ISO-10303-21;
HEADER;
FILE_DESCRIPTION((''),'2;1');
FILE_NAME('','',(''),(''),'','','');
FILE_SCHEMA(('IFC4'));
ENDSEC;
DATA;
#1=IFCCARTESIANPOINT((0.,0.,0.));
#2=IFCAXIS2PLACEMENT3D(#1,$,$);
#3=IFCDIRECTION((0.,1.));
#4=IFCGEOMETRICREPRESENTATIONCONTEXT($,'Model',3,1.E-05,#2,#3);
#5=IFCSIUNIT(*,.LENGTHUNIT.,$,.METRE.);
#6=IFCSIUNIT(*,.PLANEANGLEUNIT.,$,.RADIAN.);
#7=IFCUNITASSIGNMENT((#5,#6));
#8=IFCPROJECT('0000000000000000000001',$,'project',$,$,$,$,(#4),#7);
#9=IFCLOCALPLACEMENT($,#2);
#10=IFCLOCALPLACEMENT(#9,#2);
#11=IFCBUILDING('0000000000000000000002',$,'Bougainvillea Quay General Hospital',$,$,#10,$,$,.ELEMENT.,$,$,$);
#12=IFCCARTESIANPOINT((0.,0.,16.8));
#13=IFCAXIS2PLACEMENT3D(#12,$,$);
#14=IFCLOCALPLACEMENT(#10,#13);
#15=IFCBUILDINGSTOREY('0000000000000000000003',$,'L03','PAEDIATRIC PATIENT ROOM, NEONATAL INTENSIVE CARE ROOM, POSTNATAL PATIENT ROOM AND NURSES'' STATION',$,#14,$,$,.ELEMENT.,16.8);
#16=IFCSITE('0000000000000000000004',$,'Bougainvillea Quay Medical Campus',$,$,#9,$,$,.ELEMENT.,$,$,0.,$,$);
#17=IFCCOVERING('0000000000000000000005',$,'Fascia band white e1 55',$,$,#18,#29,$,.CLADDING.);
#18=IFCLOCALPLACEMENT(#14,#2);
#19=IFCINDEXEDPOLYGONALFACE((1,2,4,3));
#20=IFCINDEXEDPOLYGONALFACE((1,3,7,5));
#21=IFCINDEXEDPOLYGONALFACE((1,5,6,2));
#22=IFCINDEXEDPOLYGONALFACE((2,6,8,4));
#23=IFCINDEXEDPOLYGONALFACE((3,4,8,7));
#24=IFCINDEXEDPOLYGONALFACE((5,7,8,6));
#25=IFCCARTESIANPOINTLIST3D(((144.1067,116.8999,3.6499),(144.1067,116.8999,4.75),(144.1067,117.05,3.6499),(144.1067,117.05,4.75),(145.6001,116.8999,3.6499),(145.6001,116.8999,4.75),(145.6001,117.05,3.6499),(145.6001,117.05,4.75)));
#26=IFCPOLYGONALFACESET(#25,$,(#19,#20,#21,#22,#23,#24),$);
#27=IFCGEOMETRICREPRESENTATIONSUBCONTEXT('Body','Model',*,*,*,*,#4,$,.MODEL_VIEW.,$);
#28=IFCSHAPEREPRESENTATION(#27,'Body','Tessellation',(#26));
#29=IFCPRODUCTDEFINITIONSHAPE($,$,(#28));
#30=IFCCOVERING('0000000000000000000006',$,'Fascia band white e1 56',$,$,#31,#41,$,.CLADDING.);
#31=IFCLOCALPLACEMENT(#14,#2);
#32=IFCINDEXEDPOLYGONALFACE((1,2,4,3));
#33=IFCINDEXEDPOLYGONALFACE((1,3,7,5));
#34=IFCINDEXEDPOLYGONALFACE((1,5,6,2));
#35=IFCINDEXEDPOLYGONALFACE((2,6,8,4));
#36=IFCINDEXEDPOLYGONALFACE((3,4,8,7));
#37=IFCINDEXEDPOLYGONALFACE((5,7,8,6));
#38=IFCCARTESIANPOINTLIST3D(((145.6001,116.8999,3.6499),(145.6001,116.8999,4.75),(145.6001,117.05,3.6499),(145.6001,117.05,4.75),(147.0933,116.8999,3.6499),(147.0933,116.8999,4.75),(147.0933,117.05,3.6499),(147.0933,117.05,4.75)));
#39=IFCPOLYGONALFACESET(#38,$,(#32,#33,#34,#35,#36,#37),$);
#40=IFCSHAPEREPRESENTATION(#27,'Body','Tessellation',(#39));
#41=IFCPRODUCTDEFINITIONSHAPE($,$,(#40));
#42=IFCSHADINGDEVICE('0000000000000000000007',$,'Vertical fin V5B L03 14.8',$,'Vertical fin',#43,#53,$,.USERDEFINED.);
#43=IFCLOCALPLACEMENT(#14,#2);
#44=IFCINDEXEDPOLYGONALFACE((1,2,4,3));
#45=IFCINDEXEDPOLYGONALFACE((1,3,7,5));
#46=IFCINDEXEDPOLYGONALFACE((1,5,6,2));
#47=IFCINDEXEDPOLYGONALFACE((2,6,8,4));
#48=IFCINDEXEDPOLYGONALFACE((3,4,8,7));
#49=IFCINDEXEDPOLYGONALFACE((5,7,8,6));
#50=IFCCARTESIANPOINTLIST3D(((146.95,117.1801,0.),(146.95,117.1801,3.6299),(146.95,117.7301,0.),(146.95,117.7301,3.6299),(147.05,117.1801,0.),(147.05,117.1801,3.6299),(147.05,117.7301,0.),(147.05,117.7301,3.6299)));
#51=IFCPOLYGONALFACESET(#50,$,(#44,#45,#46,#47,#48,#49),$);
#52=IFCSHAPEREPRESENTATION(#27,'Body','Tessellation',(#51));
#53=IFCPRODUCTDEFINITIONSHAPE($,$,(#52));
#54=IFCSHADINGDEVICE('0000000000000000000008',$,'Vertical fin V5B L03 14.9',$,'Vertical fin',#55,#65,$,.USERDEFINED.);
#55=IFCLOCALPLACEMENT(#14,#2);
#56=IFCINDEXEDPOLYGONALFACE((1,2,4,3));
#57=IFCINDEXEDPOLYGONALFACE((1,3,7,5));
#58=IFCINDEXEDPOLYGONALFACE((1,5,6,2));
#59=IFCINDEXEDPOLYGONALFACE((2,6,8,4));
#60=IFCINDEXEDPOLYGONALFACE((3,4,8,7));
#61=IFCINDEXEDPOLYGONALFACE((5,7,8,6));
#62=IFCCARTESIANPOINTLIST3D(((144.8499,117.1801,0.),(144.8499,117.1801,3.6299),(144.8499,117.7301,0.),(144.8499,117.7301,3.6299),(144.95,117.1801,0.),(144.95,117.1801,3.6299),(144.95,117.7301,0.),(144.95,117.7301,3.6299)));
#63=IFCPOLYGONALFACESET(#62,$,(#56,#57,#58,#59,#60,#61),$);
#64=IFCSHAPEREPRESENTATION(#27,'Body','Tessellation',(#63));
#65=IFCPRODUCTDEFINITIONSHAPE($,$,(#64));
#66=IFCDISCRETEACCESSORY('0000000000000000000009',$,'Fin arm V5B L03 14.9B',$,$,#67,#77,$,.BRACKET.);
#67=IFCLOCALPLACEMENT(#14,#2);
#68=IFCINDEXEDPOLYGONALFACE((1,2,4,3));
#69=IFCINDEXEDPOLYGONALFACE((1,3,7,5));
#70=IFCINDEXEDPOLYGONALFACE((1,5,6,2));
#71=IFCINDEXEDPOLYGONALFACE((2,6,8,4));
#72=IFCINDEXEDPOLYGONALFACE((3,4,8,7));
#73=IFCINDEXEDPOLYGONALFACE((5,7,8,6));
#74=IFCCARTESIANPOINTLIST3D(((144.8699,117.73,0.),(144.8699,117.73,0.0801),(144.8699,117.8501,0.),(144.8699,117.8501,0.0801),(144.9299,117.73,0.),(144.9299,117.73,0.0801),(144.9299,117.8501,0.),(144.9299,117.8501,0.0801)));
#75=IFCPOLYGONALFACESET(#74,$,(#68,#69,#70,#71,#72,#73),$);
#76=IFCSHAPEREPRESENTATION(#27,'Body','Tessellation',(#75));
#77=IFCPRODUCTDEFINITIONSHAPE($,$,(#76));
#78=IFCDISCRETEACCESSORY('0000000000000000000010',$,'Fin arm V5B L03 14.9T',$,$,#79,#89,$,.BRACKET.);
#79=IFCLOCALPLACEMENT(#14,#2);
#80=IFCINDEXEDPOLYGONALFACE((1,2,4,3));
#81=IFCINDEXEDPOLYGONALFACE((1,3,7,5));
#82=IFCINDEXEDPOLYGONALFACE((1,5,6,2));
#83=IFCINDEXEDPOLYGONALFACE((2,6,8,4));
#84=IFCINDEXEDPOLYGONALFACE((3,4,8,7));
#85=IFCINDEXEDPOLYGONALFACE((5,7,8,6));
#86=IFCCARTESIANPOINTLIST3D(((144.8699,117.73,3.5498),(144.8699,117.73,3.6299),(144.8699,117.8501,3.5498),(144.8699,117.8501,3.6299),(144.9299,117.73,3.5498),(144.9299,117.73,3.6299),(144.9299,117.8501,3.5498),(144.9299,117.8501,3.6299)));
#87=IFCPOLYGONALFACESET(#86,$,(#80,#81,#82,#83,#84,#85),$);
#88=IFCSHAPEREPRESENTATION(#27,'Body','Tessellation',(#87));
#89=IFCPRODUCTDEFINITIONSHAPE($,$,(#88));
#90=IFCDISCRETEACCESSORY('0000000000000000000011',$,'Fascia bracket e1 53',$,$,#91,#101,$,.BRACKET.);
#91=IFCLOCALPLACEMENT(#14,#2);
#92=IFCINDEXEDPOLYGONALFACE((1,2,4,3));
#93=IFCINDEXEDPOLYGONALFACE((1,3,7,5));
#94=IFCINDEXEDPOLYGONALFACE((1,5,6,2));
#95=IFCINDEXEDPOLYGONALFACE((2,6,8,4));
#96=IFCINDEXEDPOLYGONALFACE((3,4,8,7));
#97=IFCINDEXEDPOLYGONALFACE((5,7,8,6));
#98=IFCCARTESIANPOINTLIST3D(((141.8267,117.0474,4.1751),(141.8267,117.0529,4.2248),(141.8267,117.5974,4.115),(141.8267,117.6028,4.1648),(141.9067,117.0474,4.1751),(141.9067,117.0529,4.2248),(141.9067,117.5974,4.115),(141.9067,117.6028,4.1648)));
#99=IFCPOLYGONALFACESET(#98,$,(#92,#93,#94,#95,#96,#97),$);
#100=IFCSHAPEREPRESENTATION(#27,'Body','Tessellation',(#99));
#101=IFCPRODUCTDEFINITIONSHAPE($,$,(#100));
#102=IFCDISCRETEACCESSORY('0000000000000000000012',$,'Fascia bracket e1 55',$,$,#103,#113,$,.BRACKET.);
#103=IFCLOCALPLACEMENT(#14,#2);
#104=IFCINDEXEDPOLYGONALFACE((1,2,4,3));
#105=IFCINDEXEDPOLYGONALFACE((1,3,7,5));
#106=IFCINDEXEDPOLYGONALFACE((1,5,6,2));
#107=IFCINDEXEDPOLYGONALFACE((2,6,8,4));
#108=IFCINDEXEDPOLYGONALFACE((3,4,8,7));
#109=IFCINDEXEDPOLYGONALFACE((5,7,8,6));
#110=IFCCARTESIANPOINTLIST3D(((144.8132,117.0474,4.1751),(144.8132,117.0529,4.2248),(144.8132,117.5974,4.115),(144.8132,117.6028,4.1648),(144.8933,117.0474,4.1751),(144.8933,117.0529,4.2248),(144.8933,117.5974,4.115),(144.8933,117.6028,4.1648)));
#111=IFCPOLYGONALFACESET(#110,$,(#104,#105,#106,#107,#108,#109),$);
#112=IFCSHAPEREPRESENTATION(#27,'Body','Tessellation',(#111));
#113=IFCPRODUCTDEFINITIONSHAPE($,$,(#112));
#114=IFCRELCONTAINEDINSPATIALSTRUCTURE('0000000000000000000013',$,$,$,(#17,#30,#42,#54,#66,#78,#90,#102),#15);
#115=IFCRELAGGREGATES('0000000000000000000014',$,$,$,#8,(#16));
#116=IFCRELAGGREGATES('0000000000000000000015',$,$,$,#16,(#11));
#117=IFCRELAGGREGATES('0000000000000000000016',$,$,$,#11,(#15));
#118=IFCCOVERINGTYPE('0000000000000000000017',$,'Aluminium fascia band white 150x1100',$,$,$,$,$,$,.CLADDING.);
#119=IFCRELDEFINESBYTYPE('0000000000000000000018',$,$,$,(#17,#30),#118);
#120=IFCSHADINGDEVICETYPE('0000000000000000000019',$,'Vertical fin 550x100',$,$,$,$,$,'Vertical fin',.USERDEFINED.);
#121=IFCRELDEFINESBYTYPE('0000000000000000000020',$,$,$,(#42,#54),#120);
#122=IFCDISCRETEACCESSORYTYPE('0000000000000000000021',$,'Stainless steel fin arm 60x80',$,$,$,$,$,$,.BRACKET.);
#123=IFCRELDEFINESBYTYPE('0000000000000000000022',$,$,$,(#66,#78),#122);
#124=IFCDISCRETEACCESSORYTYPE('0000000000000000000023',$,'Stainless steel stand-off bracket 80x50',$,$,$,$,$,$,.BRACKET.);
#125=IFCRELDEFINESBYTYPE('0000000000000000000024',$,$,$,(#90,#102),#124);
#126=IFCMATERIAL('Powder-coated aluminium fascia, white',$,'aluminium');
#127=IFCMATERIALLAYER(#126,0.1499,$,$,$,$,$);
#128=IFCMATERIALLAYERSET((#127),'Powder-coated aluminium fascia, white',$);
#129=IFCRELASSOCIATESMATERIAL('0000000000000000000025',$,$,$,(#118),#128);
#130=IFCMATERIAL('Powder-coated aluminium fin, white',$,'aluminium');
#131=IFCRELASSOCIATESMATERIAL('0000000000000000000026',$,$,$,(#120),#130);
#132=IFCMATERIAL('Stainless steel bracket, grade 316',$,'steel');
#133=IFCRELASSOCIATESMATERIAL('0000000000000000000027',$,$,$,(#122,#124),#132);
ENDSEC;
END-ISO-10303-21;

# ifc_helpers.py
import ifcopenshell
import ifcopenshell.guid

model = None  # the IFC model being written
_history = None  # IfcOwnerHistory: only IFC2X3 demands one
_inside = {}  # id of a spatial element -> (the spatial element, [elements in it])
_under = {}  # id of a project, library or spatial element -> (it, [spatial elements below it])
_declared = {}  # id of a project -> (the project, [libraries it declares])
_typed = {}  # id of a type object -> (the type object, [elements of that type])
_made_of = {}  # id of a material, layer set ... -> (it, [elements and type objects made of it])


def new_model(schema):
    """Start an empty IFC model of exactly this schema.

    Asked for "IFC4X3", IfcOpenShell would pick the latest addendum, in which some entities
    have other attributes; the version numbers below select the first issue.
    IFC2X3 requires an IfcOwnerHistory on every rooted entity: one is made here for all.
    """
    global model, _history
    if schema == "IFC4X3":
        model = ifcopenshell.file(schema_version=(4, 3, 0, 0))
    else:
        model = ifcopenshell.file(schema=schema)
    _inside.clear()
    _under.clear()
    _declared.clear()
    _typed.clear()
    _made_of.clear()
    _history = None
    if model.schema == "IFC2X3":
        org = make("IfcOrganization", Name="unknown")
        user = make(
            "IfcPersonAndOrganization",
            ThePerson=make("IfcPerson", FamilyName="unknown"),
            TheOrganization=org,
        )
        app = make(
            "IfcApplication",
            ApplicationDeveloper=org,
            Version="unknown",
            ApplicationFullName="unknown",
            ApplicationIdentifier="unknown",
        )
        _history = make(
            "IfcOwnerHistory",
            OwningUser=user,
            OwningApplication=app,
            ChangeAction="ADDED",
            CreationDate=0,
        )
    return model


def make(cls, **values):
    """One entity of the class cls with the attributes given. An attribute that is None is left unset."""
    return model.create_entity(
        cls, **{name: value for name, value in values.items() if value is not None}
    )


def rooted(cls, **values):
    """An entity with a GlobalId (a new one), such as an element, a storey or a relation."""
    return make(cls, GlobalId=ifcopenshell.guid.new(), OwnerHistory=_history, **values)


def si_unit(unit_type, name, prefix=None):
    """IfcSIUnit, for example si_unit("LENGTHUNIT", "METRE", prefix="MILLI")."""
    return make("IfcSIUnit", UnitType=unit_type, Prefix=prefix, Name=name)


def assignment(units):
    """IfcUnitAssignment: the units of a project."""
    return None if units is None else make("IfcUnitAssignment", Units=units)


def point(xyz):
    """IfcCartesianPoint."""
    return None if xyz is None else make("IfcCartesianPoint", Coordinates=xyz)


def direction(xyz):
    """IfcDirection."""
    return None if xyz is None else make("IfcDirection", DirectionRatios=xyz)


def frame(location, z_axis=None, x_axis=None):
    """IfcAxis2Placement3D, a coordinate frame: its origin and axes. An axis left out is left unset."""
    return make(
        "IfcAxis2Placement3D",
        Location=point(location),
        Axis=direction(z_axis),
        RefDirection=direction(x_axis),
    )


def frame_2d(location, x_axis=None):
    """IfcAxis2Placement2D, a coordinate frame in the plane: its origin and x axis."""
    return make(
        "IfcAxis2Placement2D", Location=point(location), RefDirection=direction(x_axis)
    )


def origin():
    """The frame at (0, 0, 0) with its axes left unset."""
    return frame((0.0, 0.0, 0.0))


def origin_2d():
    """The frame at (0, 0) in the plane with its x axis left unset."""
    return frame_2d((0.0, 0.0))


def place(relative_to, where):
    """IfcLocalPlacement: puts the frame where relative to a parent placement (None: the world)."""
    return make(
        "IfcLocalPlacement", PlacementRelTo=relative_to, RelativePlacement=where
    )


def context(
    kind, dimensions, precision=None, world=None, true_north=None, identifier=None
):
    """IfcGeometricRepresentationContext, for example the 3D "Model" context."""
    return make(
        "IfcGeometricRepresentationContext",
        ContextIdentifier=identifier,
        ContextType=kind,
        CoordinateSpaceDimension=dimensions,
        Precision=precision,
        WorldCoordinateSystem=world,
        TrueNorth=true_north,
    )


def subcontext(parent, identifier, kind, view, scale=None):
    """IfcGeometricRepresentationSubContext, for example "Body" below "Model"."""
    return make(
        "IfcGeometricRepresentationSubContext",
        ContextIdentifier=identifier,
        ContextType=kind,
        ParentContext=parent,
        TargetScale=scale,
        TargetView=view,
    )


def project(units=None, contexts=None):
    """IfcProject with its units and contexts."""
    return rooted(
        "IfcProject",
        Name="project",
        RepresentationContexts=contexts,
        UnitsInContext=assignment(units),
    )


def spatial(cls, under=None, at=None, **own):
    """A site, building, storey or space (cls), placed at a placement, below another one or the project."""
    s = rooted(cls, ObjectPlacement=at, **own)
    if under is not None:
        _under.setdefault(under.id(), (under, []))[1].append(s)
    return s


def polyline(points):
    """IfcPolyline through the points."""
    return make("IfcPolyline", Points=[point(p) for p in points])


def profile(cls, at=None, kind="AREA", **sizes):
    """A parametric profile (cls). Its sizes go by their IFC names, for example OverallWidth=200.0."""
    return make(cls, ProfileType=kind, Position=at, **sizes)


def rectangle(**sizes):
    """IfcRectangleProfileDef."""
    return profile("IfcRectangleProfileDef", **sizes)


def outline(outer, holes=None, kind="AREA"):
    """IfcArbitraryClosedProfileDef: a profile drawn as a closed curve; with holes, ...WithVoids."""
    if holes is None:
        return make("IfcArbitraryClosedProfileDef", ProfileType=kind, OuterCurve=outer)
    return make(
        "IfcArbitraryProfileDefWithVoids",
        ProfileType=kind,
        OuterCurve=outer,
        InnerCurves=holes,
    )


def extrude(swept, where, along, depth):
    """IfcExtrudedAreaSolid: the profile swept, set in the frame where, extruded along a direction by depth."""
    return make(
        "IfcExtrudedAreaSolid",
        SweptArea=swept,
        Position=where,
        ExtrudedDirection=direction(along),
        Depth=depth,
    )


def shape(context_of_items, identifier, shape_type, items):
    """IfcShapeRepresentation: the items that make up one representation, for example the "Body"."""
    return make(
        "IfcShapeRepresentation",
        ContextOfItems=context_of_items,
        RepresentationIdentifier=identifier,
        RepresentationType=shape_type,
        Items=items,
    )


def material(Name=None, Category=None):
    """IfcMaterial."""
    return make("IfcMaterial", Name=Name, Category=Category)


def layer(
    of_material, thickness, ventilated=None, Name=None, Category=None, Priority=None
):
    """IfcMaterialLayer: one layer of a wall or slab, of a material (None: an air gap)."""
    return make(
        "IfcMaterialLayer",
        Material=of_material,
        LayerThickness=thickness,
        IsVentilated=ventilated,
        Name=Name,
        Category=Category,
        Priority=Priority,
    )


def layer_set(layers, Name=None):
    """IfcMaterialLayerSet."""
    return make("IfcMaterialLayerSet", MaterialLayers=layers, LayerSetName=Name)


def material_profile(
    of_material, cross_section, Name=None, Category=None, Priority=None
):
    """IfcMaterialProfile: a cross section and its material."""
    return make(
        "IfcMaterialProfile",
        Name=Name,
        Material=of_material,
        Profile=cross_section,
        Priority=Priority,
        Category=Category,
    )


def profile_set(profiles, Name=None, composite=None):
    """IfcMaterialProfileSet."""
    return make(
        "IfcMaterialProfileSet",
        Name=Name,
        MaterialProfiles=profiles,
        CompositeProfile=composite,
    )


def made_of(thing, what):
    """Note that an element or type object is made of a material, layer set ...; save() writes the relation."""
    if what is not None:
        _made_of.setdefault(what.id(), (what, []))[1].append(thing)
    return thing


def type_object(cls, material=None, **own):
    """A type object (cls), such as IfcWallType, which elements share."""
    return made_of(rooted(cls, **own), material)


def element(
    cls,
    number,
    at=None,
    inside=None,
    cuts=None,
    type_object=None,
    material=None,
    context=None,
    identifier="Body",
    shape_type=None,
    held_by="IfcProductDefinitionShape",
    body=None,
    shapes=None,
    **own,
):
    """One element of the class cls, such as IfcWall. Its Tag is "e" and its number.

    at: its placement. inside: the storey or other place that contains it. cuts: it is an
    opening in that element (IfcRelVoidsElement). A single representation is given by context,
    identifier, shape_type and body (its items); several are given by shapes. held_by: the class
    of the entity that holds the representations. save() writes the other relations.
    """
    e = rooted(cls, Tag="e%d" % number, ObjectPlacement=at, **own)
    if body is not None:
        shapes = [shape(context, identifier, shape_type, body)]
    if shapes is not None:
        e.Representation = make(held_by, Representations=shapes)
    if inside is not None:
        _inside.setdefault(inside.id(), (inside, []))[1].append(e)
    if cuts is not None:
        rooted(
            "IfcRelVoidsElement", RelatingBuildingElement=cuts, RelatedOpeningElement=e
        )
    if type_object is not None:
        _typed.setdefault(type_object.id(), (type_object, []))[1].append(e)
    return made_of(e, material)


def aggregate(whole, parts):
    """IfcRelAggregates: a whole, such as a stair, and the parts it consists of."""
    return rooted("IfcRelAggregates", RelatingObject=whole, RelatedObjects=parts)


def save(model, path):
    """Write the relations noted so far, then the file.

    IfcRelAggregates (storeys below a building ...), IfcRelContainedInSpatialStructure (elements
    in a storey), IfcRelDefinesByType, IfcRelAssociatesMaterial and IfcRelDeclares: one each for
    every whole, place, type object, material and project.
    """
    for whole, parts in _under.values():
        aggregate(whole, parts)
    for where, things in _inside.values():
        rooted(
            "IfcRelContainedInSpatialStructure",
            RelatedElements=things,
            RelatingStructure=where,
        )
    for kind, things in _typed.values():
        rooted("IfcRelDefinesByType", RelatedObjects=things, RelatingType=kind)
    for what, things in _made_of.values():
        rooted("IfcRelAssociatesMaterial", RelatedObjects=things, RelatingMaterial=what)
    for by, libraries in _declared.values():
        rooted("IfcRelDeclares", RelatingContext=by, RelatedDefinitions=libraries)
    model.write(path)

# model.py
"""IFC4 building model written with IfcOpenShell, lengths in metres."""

from ifc_helpers import new_model, si_unit, direction, frame, origin, origin_2d, place, context, subcontext, project, spatial, polyline, rectangle, outline, extrude, material, layer, layer_set, material_profile, profile_set, type_object, element, save


model = new_model("IFC4")

# Units and contexts
model_context = context("Model", 3, precision=1e-05, world=origin(), true_north=direction((0.0, 1.0)))
body_context = subcontext(model_context, "Body", "Model", "MODEL_VIEW")
ifc_project = project(units=[si_unit("LENGTHUNIT", "METRE"), si_unit("PLANEANGLEUNIT", "RADIAN")], contexts=[model_context])

# Site, building, storey
site_placement = place(None, origin())
site = spatial("IfcSite", under=ifc_project, at=site_placement, Name="Bougainvillea Quay Medical Campus", CompositionType="ELEMENT", RefElevation=0.0)
building_placement = place(site_placement, origin())
building = spatial("IfcBuilding", under=site, at=building_placement, Name="Bougainvillea Quay General Hospital", CompositionType="ELEMENT")
storey_placement = place(building_placement, frame((0.0, 0.0, 16.8)))
storey = spatial("IfcBuildingStorey", under=building, at=storey_placement, Name="L03", Description="PAEDIATRIC PATIENT ROOM, NEONATAL INTENSIVE CARE ROOM, POSTNATAL PATIENT ROOM AND NURSES' STATION", CompositionType="ELEMENT", Elevation=16.8)

# Coverings
ifc_material_1 = material(Name="Powder-coated aluminium fascia, white", Category="aluminium")
ifc_layer_1 = layer(ifc_material_1, 0.1499)
ifc_layer_set_1 = layer_set([ifc_layer_1], Name="Powder-coated aluminium fascia, white")
covering_type = type_object("IfcCoveringType", Name="Aluminium fascia band white 150x1100", PredefinedType="CLADDING", material=ifc_layer_set_1)
for number, where, z_axis, x_axis, name in (
    (1, (144.1067, 117.05, 3.6499), (0.0, 0.0, 1.0), (1.0, 0.0, 0.0), "Fascia band white e1 55"),
):
    element("IfcCovering", number, at=place(storey_placement, frame(where, z_axis=z_axis, x_axis=x_axis)), inside=storey, type_object=covering_type, Name=name, PredefinedType="CLADDING", context=body_context, shape_type="SweptSolid", body=[
        extrude(outline(polyline([(0.0, 0.0), (1.4934, 0.0), (1.4934, -0.1501), (0.0, -0.1501), (0.0, 0.0)])), origin(), (0.0, 0.0, 1.0), 1.1001),
    ])
covering_placement = place(storey_placement, frame((145.6001, 117.05, 3.6499), z_axis=(0.0, 0.0, 1.0), x_axis=(1.0, 0.0, 0.0)))
element("IfcCovering", 2, at=covering_placement, inside=storey, type_object=covering_type, Name="Fascia band white e1 56", PredefinedType="CLADDING", context=body_context, shape_type="SweptSolid", body=[
    extrude(outline(polyline([(0.0, 0.0), (1.4932, 0.0), (1.4932, -0.1501), (0.0, -0.1501), (0.0, 0.0)])), origin(), (0.0, 0.0, 1.0), 1.1001),
])

# Shading devices
ifc_material_2 = material(Name="Powder-coated aluminium fin, white", Category="aluminium")
ifc_material_profile_1 = material_profile(ifc_material_2, rectangle(XDim=0.55, YDim=0.1001, at=origin_2d()))
ifc_profile_set_1 = profile_set([ifc_material_profile_1], Name="Powder-coated aluminium fin, white")
shading_device_type = type_object("IfcShadingDeviceType", Name="Vertical fin 550x100", ElementType="Vertical fin", PredefinedType="USERDEFINED", material=ifc_profile_set_1)
for number, where, z_axis, x_axis, name in (
    (3, (147.0, 117.4551, 0.0), (0.0, 0.0, 1.0), (0.0, -1.0, 0.0), "Vertical fin V5B L03 14.8"),
    (4, (144.8999, 117.4551, 0.0), (0.0, 0.0, 1.0), (0.0, -1.0, 0.0), "Vertical fin V5B L03 14.9"),
):
    element("IfcShadingDevice", number, at=place(storey_placement, frame(where, z_axis=z_axis, x_axis=x_axis)), inside=storey, type_object=shading_device_type, Name=name, ObjectType="Vertical fin", PredefinedType="USERDEFINED", context=body_context, shape_type="SweptSolid", body=[
        extrude(rectangle(XDim=0.55, YDim=0.1001, at=origin_2d()), origin(), (0.0, 0.0, 1.0), 3.6299),
    ])

# Discrete accessories
ifc_material_3 = material(Name="Stainless steel bracket, grade 316", Category="steel")
discrete_accessory_type_1 = type_object("IfcDiscreteAccessoryType", Name="Stainless steel fin arm 60x80", PredefinedType="BRACKET", material=ifc_material_3)
for number, where, z_axis, x_axis, name in (
    (5, (144.8999, 117.79, 0.0), (0.0, 0.0, 1.0), (0.0, -1.0, 0.0), "Fin arm V5B L03 14.9B"),
    (6, (144.8999, 117.79, 3.5498), (0.0, 0.0, 1.0), (0.0, -1.0, 0.0), "Fin arm V5B L03 14.9T"),
):
    element("IfcDiscreteAccessory", number, at=place(storey_placement, frame(where, z_axis=z_axis, x_axis=x_axis)), inside=storey, type_object=discrete_accessory_type_1, Name=name, PredefinedType="BRACKET", context=body_context, shape_type="SweptSolid", body=[
        extrude(rectangle(XDim=0.1201, YDim=0.0601, at=origin_2d()), origin(), (0.0, 0.0, 1.0), 0.0801),
    ])
ifc_material_profile_2 = material_profile(ifc_material_3, rectangle(XDim=0.0801, YDim=0.05, at=origin_2d()))
ifc_profile_set_2 = profile_set([ifc_material_profile_2], Name="Stainless steel bracket, grade 316")
discrete_accessory_type_2 = type_object("IfcDiscreteAccessoryType", Name="Stainless steel stand-off bracket 80x50", PredefinedType="BRACKET", material=ifc_profile_set_2)
for number, where, z_axis, x_axis, name in (
    (7, (141.8667, 117.6001, 4.1399), (0.0, -0.994092, 0.108543), (1.0, 0.0, 0.0), "Fascia bracket e1 53"),
    (8, (144.8533, 117.6001, 4.1399), (0.0, -0.994092, 0.108543), (1.0, 0.0, 0.0), "Fascia bracket e1 55"),
):
    element("IfcDiscreteAccessory", number, at=place(storey_placement, frame(where, z_axis=z_axis, x_axis=x_axis)), inside=storey, type_object=discrete_accessory_type_2, Name=name, PredefinedType="BRACKET", context=body_context, shape_type="SweptSolid", body=[
        extrude(rectangle(XDim=0.0801, YDim=0.05, at=origin_2d()), origin(), (0.0, 0.0, 1.0), 0.5532),
    ])

save(model, "model.ifc")
